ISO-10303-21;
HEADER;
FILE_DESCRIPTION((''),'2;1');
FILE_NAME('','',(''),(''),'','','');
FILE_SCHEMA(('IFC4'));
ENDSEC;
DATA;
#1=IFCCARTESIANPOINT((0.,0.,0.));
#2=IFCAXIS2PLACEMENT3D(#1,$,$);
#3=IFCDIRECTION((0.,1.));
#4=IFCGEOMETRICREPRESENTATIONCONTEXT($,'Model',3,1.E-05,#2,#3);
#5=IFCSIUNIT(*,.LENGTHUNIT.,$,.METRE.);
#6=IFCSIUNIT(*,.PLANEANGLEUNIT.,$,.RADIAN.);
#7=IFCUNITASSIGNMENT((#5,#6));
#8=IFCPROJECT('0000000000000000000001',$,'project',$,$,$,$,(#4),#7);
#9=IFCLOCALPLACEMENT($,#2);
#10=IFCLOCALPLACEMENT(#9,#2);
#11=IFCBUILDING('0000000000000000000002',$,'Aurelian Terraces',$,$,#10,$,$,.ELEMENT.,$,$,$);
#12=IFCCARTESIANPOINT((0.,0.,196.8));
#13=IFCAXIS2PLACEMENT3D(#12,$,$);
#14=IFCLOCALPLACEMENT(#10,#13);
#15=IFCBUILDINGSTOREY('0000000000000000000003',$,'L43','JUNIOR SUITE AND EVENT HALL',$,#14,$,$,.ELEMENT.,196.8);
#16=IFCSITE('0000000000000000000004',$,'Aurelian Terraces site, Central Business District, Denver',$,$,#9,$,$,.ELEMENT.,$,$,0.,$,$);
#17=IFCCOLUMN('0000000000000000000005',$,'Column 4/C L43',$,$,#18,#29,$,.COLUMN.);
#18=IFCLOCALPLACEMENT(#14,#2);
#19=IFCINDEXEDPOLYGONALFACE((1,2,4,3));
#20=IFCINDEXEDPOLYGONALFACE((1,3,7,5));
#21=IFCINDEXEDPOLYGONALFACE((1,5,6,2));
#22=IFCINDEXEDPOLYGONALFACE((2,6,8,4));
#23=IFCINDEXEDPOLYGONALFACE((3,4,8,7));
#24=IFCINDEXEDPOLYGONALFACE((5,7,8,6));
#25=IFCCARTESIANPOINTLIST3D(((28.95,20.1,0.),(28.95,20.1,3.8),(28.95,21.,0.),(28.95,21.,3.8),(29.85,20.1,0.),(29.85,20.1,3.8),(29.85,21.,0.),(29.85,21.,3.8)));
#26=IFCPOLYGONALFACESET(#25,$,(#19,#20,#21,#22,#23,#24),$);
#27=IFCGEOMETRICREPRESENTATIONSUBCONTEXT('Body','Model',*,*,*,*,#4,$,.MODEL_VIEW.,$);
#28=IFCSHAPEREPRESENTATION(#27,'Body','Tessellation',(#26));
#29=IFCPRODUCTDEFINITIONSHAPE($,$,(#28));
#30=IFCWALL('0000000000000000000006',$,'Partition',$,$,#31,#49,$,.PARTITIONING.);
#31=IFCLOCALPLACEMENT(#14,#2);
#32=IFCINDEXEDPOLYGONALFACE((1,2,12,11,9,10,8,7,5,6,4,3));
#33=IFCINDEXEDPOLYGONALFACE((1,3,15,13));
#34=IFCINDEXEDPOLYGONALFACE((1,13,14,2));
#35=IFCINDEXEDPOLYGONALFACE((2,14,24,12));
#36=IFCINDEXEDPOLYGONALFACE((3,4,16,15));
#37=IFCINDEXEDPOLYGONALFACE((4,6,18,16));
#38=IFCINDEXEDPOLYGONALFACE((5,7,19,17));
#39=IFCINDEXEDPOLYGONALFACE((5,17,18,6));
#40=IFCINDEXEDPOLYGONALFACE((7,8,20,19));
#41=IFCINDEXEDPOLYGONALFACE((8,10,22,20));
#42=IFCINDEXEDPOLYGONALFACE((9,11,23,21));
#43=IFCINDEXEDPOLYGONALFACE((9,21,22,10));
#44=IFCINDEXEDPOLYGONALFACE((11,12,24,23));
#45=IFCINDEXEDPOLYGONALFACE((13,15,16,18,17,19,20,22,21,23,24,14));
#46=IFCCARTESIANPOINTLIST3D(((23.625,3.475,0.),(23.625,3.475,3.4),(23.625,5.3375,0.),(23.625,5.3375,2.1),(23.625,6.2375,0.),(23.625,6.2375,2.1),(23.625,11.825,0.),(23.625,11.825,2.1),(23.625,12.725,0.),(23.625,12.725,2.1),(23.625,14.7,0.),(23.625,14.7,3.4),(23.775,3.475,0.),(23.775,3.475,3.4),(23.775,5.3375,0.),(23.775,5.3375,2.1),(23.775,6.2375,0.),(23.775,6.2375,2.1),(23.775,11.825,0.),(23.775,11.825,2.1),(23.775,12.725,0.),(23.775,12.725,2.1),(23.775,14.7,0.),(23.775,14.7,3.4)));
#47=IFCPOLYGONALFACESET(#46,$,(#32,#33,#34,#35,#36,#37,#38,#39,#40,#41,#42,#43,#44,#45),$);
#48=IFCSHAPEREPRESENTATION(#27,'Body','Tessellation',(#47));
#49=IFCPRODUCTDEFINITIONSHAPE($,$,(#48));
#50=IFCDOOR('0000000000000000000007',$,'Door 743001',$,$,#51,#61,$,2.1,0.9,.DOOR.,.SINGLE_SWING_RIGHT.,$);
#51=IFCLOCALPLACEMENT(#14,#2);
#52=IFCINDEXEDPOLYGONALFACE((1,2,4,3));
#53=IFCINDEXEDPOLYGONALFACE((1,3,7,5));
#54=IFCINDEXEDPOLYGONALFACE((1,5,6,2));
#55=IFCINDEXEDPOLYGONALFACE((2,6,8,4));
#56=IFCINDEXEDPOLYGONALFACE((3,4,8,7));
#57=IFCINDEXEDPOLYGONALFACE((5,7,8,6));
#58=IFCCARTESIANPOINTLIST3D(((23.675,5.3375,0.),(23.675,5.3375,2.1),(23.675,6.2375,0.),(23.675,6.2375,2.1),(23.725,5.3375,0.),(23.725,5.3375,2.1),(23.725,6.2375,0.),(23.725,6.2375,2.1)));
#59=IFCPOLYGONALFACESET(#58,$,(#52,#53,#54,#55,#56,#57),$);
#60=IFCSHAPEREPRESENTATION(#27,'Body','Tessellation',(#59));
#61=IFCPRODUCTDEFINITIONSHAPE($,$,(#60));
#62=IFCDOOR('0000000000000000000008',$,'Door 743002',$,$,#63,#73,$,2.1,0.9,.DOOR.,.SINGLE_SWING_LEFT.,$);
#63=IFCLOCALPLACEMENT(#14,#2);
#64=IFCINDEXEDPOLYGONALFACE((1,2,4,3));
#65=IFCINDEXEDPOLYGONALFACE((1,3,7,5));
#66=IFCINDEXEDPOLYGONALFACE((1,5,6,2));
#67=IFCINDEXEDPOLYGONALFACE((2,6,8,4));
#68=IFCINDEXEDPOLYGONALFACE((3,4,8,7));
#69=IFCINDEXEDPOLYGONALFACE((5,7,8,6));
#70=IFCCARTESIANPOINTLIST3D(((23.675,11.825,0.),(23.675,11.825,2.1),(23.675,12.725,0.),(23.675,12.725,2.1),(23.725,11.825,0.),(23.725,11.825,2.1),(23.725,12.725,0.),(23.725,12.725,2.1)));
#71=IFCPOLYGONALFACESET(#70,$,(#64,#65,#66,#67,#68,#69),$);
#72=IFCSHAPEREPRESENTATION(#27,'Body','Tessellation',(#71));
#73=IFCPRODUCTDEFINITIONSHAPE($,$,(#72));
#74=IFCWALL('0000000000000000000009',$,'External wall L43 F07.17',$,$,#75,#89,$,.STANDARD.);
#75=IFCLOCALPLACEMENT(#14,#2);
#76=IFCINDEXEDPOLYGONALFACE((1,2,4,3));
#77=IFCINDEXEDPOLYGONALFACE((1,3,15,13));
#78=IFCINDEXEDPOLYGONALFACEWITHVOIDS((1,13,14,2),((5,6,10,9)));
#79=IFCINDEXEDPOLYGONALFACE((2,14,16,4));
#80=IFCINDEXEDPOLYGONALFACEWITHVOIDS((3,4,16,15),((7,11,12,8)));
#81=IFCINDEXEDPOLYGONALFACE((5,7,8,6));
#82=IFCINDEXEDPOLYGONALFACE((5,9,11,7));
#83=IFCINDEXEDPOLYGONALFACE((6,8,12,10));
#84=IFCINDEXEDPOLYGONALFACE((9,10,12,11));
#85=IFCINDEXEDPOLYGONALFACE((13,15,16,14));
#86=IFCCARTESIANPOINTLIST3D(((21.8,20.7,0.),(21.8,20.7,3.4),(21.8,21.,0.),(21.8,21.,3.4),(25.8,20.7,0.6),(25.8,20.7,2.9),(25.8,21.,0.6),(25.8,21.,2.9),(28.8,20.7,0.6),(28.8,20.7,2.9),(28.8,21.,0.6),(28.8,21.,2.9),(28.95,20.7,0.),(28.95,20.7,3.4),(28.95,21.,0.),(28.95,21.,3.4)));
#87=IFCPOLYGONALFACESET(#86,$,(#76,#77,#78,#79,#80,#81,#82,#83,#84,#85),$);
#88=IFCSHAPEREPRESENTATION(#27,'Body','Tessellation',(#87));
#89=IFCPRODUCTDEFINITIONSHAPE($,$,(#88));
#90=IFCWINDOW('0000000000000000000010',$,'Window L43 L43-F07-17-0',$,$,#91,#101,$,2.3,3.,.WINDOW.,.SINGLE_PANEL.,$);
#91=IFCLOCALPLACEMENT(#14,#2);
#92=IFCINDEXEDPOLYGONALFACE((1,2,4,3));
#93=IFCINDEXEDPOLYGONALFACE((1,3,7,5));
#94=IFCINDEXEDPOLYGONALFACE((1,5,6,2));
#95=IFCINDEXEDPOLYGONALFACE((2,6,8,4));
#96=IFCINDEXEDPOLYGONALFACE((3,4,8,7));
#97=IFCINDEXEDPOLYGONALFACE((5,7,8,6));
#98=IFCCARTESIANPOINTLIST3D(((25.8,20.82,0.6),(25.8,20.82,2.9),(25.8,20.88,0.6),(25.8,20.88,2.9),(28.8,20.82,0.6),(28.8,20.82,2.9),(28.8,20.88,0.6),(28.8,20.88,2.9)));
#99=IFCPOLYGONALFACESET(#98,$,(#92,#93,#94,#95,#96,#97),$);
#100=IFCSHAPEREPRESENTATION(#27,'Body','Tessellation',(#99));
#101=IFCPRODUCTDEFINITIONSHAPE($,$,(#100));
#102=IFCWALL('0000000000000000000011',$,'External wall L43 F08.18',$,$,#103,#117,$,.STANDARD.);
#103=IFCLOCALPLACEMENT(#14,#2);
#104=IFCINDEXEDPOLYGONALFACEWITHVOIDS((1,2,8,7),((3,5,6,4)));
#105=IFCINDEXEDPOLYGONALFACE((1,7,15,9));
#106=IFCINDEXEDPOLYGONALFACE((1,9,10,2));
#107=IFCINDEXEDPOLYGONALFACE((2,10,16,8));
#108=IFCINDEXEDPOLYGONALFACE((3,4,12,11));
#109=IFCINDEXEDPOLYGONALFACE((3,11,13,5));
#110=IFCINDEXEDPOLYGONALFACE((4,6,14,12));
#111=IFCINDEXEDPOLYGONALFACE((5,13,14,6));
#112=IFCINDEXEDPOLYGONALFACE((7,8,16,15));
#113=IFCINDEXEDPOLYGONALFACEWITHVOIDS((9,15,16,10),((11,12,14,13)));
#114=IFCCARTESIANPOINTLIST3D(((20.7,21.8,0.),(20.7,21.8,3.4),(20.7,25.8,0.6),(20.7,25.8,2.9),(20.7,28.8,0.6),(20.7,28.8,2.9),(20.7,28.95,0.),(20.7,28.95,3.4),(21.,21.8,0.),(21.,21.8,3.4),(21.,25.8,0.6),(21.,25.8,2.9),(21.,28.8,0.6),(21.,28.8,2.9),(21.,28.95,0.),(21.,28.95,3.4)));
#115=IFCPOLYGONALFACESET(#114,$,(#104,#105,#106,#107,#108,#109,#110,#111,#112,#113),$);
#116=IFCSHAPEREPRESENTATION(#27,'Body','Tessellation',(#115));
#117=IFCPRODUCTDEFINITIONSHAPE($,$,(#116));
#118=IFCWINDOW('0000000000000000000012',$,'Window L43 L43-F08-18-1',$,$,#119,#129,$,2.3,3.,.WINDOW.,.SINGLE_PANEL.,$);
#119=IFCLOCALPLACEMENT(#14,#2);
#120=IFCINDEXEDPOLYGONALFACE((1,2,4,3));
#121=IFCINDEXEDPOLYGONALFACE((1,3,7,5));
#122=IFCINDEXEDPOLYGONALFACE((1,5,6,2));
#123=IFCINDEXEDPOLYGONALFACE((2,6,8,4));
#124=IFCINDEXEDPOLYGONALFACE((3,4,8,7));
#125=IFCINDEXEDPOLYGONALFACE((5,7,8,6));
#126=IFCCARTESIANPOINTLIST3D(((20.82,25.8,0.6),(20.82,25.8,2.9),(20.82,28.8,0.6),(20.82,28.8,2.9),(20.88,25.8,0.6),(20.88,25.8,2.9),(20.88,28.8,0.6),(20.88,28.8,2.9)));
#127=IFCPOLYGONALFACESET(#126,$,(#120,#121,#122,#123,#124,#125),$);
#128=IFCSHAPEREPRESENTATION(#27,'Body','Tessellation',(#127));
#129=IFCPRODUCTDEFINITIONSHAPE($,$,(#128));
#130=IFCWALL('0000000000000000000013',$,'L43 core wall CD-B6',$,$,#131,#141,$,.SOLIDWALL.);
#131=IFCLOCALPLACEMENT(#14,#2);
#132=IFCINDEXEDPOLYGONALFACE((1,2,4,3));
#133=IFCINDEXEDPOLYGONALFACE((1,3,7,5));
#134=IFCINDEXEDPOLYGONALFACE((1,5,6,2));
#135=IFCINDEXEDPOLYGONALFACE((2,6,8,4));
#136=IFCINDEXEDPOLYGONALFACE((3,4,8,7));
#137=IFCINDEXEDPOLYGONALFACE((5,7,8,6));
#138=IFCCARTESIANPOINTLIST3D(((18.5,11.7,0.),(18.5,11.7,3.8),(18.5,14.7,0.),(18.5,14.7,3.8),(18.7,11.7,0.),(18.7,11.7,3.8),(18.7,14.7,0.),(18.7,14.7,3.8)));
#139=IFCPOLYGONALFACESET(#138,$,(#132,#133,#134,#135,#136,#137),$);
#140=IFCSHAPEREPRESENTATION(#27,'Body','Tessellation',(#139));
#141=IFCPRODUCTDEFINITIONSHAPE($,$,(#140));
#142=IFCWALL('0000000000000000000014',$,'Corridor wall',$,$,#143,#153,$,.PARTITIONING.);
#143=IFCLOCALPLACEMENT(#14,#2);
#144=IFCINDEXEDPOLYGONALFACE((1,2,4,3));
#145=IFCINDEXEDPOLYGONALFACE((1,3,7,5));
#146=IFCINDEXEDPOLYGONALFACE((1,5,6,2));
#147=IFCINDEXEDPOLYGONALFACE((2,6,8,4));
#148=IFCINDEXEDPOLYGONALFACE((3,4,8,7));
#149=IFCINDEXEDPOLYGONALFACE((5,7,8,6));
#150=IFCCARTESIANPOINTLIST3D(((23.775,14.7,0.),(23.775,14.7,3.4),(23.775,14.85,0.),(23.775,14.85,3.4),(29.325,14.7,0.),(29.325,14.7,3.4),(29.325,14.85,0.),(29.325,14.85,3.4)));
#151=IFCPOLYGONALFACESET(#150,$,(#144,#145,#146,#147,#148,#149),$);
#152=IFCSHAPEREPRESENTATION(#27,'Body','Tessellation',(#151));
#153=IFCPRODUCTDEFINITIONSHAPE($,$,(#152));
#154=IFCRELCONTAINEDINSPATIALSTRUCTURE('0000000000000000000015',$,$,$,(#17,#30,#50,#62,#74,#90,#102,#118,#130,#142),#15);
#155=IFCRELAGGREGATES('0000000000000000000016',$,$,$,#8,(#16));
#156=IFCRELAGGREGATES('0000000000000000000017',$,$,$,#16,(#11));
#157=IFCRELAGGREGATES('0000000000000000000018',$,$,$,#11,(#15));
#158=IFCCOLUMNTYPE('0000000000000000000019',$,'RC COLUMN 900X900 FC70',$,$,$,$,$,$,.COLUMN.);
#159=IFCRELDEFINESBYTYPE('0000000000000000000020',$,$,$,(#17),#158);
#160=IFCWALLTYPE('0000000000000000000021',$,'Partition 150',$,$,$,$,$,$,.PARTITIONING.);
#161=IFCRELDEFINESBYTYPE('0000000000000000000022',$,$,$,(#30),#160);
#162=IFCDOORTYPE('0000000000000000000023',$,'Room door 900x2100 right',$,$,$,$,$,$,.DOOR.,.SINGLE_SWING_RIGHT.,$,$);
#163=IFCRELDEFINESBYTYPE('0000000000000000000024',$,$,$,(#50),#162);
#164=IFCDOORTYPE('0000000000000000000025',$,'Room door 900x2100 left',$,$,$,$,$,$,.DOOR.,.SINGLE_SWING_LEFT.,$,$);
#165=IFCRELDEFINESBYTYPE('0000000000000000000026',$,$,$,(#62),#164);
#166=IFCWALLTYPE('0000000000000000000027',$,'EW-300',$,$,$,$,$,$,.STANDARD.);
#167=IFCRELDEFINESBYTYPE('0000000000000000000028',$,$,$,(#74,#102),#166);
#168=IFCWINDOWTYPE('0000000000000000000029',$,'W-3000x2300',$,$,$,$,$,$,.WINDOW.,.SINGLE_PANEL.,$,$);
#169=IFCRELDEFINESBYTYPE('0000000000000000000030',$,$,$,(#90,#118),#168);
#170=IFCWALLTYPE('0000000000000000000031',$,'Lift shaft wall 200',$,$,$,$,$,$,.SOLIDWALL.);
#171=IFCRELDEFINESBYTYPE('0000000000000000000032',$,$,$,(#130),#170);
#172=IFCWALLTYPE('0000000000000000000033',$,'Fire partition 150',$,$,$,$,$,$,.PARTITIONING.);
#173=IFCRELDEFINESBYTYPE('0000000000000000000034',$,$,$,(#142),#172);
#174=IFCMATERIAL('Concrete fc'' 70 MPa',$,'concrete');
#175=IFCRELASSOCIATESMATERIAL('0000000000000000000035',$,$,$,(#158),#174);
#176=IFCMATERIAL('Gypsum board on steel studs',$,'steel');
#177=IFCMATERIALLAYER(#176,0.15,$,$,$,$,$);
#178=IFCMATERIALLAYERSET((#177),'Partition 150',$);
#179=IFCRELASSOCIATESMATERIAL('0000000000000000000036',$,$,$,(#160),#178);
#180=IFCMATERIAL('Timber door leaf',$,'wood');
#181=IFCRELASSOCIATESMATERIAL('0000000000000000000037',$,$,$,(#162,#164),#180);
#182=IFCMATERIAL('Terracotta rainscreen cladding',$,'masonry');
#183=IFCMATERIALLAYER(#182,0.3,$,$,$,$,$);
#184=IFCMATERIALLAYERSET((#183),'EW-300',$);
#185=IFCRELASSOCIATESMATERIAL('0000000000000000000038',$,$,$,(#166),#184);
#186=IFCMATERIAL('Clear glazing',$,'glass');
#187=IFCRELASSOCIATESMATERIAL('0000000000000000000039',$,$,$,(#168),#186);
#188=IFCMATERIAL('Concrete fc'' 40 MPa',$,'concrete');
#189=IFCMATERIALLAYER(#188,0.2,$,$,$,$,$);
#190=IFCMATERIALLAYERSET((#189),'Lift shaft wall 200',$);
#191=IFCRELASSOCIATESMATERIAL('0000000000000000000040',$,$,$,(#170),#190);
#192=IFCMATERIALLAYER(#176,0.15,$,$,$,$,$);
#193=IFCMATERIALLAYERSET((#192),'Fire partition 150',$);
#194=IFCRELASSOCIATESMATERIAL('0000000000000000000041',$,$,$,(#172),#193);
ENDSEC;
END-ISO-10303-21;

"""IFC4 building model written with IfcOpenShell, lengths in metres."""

from ifc_helpers import new_model, si_unit, direction, frame, frame_2d, origin, origin_2d, place, context, subcontext, project, spatial, rectangle, extrude, source, transform, mapped, material, layer, layer_set, material_profile, profile_set, type_object, element, fill, save


model = new_model("IFC4")

# Units and contexts
model_context = context("Model", 3, precision=1e-05, world=origin(), true_north=direction((0.0, 1.0)))
body_context = subcontext(model_context, "Body", "Model", "MODEL_VIEW")
ifc_project = project(units=[si_unit("LENGTHUNIT", "METRE"), si_unit("PLANEANGLEUNIT", "RADIAN")], contexts=[model_context])

# Site, building, storey
site_placement = place(None, origin())
site = spatial("IfcSite", under=ifc_project, at=site_placement, Name="Aurelian Terraces site, Central Business District, Denver", CompositionType="ELEMENT", RefElevation=0.0)
building_placement = place(site_placement, origin())
building = spatial("IfcBuilding", under=site, at=building_placement, Name="Aurelian Terraces", CompositionType="ELEMENT")
storey_placement = place(building_placement, frame((0.0, 0.0, 196.8)))
storey = spatial("IfcBuildingStorey", under=building, at=storey_placement, Name="L43", Description="JUNIOR SUITE AND EVENT HALL", CompositionType="ELEMENT", Elevation=196.8)

# Column
ifc_material_1 = material(Name="Concrete fc' 70 MPa", Category="concrete")
ifc_material_profile = material_profile(ifc_material_1, rectangle(XDim=0.9, YDim=0.9, at=origin_2d()))
ifc_profile_set = profile_set([ifc_material_profile], Name="Concrete fc' 70 MPa")
column_type = type_object("IfcColumnType", Name="RC COLUMN 900X900 FC70", PredefinedType="COLUMN", material=ifc_profile_set)
shared_shape_1 = source(origin(), body_context, "Body", "SweptSolid", [
    extrude(rectangle(XDim=0.9, YDim=0.9, at=origin_2d()), origin(), (0.0, 0.0, 1.0), 3.8),
])
column_placement = place(storey_placement, frame((29.4, 20.55, 0.0), z_axis=(0.0, 0.0, 1.0), x_axis=(1.0, 0.0, 0.0)))
element("IfcColumn", 1, at=column_placement, inside=storey, type_object=column_type, Name="Column 4/C L43", PredefinedType="COLUMN", context=body_context, shape_type="MappedRepresentation", body=[
    mapped(shared_shape_1, transform((0.0, 0.0, 0.0), scale=1.0)),
])

# Wall, openings, doors
ifc_material_2 = material(Name="Gypsum board on steel studs", Category="steel")
ifc_layer_1 = layer(ifc_material_2, 0.15)
ifc_layer_set_1 = layer_set([ifc_layer_1], Name="Partition 150")
wall_type_1 = type_object("IfcWallType", Name="Partition 150", PredefinedType="PARTITIONING", material=ifc_layer_set_1)
wall_1_placement = place(storey_placement, frame((23.7, 14.7, 0.0), z_axis=(0.0, 0.0, 1.0), x_axis=(0.0, -1.0, 0.0)))
wall_1 = element("IfcWall", 2, at=wall_1_placement, inside=storey, type_object=wall_type_1, Name="Partition", PredefinedType="PARTITIONING", context=body_context, shape_type="SweptSolid", body=[
    extrude(rectangle(XDim=11.225, YDim=0.15, at=frame_2d((5.6125, 0.0))), origin(), (0.0, 0.0, 1.0), 3.4),
])
shared_shape_2 = source(origin(), body_context, "Body", "SweptSolid", [
    extrude(rectangle(XDim=0.9, YDim=2.1, at=frame_2d((0.45, 1.05))), frame((0.0, 0.085, 0.0), z_axis=(0.0, -1.0, 0.0), x_axis=(1.0, 0.0, 0.0)), (0.0, 0.0, 1.0), 0.17),
])
opening_1_placement = place(wall_1_placement, frame((8.4625, 0.0, 0.0)))
opening_1 = element("IfcOpeningElement", 3, at=opening_1_placement, cuts=wall_1, PredefinedType="OPENING", context=body_context, shape_type="MappedRepresentation", body=[
    mapped(shared_shape_2, transform((0.0, 0.0, 0.0), scale=1.0)),
])
opening_2_placement = place(wall_1_placement, frame((1.975, 0.0, 0.0)))
opening_2 = element("IfcOpeningElement", 4, at=opening_2_placement, cuts=wall_1, PredefinedType="OPENING", context=body_context, shape_type="MappedRepresentation", body=[
    mapped(shared_shape_2, transform((0.0, 0.0, 0.0), scale=1.0)),
])
ifc_material_3 = material(Name="Timber door leaf", Category="wood")
door_type_1 = type_object("IfcDoorType", Name="Room door 900x2100 right", OperationType="SINGLE_SWING_RIGHT", PredefinedType="DOOR", material=ifc_material_3)
shared_shape_3 = source(origin(), body_context, "Body", "SweptSolid", [
    extrude(rectangle(XDim=0.9, YDim=2.1, at=frame_2d((0.45, 1.05))), frame((0.0, 0.025, 0.0), z_axis=(0.0, -1.0, 0.0), x_axis=(1.0, 0.0, 0.0)), (0.0, 0.0, 1.0), 0.05),
])
door_1_placement = place(opening_1_placement, origin())
door_1 = element("IfcDoor", 5, at=door_1_placement, inside=storey, type_object=door_type_1, Name="Door 743001", OperationType="SINGLE_SWING_RIGHT", OverallHeight=2.1, OverallWidth=0.9, PredefinedType="DOOR", context=body_context, shape_type="MappedRepresentation", body=[
    mapped(shared_shape_3, transform((0.0, 0.0, 0.0), scale=1.0)),
])
fill(opening_1, door_1)
door_type_2 = type_object("IfcDoorType", Name="Room door 900x2100 left", OperationType="SINGLE_SWING_LEFT", PredefinedType="DOOR", material=ifc_material_3)
door_2_placement = place(opening_2_placement, origin())
door_2 = element("IfcDoor", 6, at=door_2_placement, inside=storey, type_object=door_type_2, Name="Door 743002", OperationType="SINGLE_SWING_LEFT", OverallHeight=2.1, OverallWidth=0.9, PredefinedType="DOOR", context=body_context, shape_type="MappedRepresentation", body=[
    mapped(shared_shape_3, transform((0.0, 0.0, 0.0), scale=1.0)),
])
fill(opening_2, door_2)

# Walls, openings, windows
ifc_material_4 = material(Name="Terracotta rainscreen cladding", Category="masonry")
ifc_layer_2 = layer(ifc_material_4, 0.3)
ifc_layer_set_2 = layer_set([ifc_layer_2], Name="EW-300")
wall_type_2 = type_object("IfcWallType", Name="EW-300", PredefinedType="STANDARD", material=ifc_layer_set_2)
shared_shape_4 = source(origin(), body_context, "Body", "SweptSolid", [
    extrude(rectangle(XDim=7.15, YDim=0.3, at=frame_2d((3.575, 0.0))), origin(), (0.0, 0.0, 1.0), 3.4),
])
wall_2_placement = place(storey_placement, frame((28.95, 20.85, 0.0), z_axis=(0.0, 0.0, 1.0), x_axis=(-1.0, 0.0, 0.0)))
wall_2 = element("IfcWall", 7, at=wall_2_placement, inside=storey, type_object=wall_type_2, Name="External wall L43 F07.17", PredefinedType="STANDARD", context=body_context, shape_type="MappedRepresentation", body=[
    mapped(shared_shape_4, transform((0.0, 0.0, 0.0), scale=1.0)),
])
shared_shape_5 = source(origin(), body_context, "Body", "SweptSolid", [
    extrude(rectangle(XDim=3.0, YDim=2.3, at=frame_2d((1.5, 1.15))), frame((0.0, 0.16, 0.0), z_axis=(0.0, -1.0, 0.0), x_axis=(1.0, 0.0, 0.0)), (0.0, 0.0, 1.0), 0.32),
])
opening_3_placement = place(wall_2_placement, frame((0.15, 0.0, 0.6)))
opening_3 = element("IfcOpeningElement", 8, at=opening_3_placement, cuts=wall_2, PredefinedType="OPENING", context=body_context, shape_type="MappedRepresentation", body=[
    mapped(shared_shape_5, transform((0.0, 0.0, 0.0), scale=1.0)),
])
ifc_material_5 = material(Name="Clear glazing", Category="glass")
window_type = type_object("IfcWindowType", Name="W-3000x2300", PartitioningType="SINGLE_PANEL", PredefinedType="WINDOW", material=ifc_material_5)
shared_shape_6 = source(origin(), body_context, "Body", "SweptSolid", [
    extrude(rectangle(XDim=3.0, YDim=2.3, at=frame_2d((1.5, 1.15))), frame((0.0, 0.03, 0.0), z_axis=(0.0, -1.0, 0.0), x_axis=(1.0, 0.0, 0.0)), (0.0, 0.0, 1.0), 0.06),
])
window_1_placement = place(opening_3_placement, origin())
window_1 = element("IfcWindow", 9, at=window_1_placement, inside=storey, type_object=window_type, Name="Window L43 L43-F07-17-0", OverallHeight=2.3, OverallWidth=3.0, PartitioningType="SINGLE_PANEL", PredefinedType="WINDOW", context=body_context, shape_type="MappedRepresentation", body=[
    mapped(shared_shape_6, transform((0.0, 0.0, 0.0), scale=1.0)),
])
fill(opening_3, window_1)
wall_3_placement = place(storey_placement, frame((20.85, 21.8, 0.0), z_axis=(0.0, 0.0, 1.0), x_axis=(0.0, 1.0, 0.0)))
wall_3 = element("IfcWall", 10, at=wall_3_placement, inside=storey, type_object=wall_type_2, Name="External wall L43 F08.18", PredefinedType="STANDARD", context=body_context, shape_type="MappedRepresentation", body=[
    mapped(shared_shape_4, transform((0.0, 0.0, 0.0), scale=1.0)),
])
opening_4_placement = place(wall_3_placement, frame((4.0, 0.0, 0.6)))
opening_4 = element("IfcOpeningElement", 11, at=opening_4_placement, cuts=wall_3, PredefinedType="OPENING", context=body_context, shape_type="MappedRepresentation", body=[
    mapped(shared_shape_5, transform((0.0, 0.0, 0.0), scale=1.0)),
])
window_2_placement = place(opening_4_placement, origin())
window_2 = element("IfcWindow", 12, at=window_2_placement, inside=storey, type_object=window_type, Name="Window L43 L43-F08-18-1", OverallHeight=2.3, OverallWidth=3.0, PartitioningType="SINGLE_PANEL", PredefinedType="WINDOW", context=body_context, shape_type="MappedRepresentation", body=[
    mapped(shared_shape_6, transform((0.0, 0.0, 0.0), scale=1.0)),
])
fill(opening_4, window_2)

# Walls
ifc_material_6 = material(Name="Concrete fc' 40 MPa", Category="concrete")
ifc_layer_3 = layer(ifc_material_6, 0.2)
ifc_layer_set_3 = layer_set([ifc_layer_3], Name="Lift shaft wall 200")
wall_type_3 = type_object("IfcWallType", Name="Lift shaft wall 200", PredefinedType="SOLIDWALL", material=ifc_layer_set_3)
shared_shape_7 = source(origin(), body_context, "Body", "SweptSolid", [
    extrude(rectangle(XDim=3.0, YDim=0.2, at=frame_2d((1.5, 0.0))), origin(), (0.0, 0.0, 1.0), 3.8),
])
wall_4_placement = place(storey_placement, frame((18.6, 11.7, 0.0), z_axis=(0.0, 0.0, 1.0), x_axis=(0.0, 1.0, 0.0)))
element("IfcWall", 13, at=wall_4_placement, inside=storey, type_object=wall_type_3, Name="L43 core wall CD-B6", PredefinedType="SOLIDWALL", context=body_context, shape_type="MappedRepresentation", body=[
    mapped(shared_shape_7, transform((0.0, 0.0, 0.0), scale=1.0)),
])
ifc_layer_4 = layer(ifc_material_2, 0.15)
ifc_layer_set_4 = layer_set([ifc_layer_4], Name="Fire partition 150")
wall_type_4 = type_object("IfcWallType", Name="Fire partition 150", PredefinedType="PARTITIONING", material=ifc_layer_set_4)
shared_shape_8 = source(origin(), body_context, "Body", "SweptSolid", [
    extrude(rectangle(XDim=5.55, YDim=0.15, at=frame_2d((2.775, 0.0))), origin(), (0.0, 0.0, 1.0), 3.4),
])
for number, where, z_axis, x_axis, name in (
    (14, (29.325, 14.775, 0.0), (0.0, 0.0, 1.0), (-1.0, 0.0, 0.0), "Corridor wall"),
):
    element("IfcWall", number, at=place(storey_placement, frame(where, z_axis=z_axis, x_axis=x_axis)), inside=storey, type_object=wall_type_4, Name=name, PredefinedType="PARTITIONING", context=body_context, shape_type="MappedRepresentation", body=[
        mapped(shared_shape_8, transform((0.0, 0.0, 0.0), scale=1.0)),
    ])

save(model, "model.ifc")
